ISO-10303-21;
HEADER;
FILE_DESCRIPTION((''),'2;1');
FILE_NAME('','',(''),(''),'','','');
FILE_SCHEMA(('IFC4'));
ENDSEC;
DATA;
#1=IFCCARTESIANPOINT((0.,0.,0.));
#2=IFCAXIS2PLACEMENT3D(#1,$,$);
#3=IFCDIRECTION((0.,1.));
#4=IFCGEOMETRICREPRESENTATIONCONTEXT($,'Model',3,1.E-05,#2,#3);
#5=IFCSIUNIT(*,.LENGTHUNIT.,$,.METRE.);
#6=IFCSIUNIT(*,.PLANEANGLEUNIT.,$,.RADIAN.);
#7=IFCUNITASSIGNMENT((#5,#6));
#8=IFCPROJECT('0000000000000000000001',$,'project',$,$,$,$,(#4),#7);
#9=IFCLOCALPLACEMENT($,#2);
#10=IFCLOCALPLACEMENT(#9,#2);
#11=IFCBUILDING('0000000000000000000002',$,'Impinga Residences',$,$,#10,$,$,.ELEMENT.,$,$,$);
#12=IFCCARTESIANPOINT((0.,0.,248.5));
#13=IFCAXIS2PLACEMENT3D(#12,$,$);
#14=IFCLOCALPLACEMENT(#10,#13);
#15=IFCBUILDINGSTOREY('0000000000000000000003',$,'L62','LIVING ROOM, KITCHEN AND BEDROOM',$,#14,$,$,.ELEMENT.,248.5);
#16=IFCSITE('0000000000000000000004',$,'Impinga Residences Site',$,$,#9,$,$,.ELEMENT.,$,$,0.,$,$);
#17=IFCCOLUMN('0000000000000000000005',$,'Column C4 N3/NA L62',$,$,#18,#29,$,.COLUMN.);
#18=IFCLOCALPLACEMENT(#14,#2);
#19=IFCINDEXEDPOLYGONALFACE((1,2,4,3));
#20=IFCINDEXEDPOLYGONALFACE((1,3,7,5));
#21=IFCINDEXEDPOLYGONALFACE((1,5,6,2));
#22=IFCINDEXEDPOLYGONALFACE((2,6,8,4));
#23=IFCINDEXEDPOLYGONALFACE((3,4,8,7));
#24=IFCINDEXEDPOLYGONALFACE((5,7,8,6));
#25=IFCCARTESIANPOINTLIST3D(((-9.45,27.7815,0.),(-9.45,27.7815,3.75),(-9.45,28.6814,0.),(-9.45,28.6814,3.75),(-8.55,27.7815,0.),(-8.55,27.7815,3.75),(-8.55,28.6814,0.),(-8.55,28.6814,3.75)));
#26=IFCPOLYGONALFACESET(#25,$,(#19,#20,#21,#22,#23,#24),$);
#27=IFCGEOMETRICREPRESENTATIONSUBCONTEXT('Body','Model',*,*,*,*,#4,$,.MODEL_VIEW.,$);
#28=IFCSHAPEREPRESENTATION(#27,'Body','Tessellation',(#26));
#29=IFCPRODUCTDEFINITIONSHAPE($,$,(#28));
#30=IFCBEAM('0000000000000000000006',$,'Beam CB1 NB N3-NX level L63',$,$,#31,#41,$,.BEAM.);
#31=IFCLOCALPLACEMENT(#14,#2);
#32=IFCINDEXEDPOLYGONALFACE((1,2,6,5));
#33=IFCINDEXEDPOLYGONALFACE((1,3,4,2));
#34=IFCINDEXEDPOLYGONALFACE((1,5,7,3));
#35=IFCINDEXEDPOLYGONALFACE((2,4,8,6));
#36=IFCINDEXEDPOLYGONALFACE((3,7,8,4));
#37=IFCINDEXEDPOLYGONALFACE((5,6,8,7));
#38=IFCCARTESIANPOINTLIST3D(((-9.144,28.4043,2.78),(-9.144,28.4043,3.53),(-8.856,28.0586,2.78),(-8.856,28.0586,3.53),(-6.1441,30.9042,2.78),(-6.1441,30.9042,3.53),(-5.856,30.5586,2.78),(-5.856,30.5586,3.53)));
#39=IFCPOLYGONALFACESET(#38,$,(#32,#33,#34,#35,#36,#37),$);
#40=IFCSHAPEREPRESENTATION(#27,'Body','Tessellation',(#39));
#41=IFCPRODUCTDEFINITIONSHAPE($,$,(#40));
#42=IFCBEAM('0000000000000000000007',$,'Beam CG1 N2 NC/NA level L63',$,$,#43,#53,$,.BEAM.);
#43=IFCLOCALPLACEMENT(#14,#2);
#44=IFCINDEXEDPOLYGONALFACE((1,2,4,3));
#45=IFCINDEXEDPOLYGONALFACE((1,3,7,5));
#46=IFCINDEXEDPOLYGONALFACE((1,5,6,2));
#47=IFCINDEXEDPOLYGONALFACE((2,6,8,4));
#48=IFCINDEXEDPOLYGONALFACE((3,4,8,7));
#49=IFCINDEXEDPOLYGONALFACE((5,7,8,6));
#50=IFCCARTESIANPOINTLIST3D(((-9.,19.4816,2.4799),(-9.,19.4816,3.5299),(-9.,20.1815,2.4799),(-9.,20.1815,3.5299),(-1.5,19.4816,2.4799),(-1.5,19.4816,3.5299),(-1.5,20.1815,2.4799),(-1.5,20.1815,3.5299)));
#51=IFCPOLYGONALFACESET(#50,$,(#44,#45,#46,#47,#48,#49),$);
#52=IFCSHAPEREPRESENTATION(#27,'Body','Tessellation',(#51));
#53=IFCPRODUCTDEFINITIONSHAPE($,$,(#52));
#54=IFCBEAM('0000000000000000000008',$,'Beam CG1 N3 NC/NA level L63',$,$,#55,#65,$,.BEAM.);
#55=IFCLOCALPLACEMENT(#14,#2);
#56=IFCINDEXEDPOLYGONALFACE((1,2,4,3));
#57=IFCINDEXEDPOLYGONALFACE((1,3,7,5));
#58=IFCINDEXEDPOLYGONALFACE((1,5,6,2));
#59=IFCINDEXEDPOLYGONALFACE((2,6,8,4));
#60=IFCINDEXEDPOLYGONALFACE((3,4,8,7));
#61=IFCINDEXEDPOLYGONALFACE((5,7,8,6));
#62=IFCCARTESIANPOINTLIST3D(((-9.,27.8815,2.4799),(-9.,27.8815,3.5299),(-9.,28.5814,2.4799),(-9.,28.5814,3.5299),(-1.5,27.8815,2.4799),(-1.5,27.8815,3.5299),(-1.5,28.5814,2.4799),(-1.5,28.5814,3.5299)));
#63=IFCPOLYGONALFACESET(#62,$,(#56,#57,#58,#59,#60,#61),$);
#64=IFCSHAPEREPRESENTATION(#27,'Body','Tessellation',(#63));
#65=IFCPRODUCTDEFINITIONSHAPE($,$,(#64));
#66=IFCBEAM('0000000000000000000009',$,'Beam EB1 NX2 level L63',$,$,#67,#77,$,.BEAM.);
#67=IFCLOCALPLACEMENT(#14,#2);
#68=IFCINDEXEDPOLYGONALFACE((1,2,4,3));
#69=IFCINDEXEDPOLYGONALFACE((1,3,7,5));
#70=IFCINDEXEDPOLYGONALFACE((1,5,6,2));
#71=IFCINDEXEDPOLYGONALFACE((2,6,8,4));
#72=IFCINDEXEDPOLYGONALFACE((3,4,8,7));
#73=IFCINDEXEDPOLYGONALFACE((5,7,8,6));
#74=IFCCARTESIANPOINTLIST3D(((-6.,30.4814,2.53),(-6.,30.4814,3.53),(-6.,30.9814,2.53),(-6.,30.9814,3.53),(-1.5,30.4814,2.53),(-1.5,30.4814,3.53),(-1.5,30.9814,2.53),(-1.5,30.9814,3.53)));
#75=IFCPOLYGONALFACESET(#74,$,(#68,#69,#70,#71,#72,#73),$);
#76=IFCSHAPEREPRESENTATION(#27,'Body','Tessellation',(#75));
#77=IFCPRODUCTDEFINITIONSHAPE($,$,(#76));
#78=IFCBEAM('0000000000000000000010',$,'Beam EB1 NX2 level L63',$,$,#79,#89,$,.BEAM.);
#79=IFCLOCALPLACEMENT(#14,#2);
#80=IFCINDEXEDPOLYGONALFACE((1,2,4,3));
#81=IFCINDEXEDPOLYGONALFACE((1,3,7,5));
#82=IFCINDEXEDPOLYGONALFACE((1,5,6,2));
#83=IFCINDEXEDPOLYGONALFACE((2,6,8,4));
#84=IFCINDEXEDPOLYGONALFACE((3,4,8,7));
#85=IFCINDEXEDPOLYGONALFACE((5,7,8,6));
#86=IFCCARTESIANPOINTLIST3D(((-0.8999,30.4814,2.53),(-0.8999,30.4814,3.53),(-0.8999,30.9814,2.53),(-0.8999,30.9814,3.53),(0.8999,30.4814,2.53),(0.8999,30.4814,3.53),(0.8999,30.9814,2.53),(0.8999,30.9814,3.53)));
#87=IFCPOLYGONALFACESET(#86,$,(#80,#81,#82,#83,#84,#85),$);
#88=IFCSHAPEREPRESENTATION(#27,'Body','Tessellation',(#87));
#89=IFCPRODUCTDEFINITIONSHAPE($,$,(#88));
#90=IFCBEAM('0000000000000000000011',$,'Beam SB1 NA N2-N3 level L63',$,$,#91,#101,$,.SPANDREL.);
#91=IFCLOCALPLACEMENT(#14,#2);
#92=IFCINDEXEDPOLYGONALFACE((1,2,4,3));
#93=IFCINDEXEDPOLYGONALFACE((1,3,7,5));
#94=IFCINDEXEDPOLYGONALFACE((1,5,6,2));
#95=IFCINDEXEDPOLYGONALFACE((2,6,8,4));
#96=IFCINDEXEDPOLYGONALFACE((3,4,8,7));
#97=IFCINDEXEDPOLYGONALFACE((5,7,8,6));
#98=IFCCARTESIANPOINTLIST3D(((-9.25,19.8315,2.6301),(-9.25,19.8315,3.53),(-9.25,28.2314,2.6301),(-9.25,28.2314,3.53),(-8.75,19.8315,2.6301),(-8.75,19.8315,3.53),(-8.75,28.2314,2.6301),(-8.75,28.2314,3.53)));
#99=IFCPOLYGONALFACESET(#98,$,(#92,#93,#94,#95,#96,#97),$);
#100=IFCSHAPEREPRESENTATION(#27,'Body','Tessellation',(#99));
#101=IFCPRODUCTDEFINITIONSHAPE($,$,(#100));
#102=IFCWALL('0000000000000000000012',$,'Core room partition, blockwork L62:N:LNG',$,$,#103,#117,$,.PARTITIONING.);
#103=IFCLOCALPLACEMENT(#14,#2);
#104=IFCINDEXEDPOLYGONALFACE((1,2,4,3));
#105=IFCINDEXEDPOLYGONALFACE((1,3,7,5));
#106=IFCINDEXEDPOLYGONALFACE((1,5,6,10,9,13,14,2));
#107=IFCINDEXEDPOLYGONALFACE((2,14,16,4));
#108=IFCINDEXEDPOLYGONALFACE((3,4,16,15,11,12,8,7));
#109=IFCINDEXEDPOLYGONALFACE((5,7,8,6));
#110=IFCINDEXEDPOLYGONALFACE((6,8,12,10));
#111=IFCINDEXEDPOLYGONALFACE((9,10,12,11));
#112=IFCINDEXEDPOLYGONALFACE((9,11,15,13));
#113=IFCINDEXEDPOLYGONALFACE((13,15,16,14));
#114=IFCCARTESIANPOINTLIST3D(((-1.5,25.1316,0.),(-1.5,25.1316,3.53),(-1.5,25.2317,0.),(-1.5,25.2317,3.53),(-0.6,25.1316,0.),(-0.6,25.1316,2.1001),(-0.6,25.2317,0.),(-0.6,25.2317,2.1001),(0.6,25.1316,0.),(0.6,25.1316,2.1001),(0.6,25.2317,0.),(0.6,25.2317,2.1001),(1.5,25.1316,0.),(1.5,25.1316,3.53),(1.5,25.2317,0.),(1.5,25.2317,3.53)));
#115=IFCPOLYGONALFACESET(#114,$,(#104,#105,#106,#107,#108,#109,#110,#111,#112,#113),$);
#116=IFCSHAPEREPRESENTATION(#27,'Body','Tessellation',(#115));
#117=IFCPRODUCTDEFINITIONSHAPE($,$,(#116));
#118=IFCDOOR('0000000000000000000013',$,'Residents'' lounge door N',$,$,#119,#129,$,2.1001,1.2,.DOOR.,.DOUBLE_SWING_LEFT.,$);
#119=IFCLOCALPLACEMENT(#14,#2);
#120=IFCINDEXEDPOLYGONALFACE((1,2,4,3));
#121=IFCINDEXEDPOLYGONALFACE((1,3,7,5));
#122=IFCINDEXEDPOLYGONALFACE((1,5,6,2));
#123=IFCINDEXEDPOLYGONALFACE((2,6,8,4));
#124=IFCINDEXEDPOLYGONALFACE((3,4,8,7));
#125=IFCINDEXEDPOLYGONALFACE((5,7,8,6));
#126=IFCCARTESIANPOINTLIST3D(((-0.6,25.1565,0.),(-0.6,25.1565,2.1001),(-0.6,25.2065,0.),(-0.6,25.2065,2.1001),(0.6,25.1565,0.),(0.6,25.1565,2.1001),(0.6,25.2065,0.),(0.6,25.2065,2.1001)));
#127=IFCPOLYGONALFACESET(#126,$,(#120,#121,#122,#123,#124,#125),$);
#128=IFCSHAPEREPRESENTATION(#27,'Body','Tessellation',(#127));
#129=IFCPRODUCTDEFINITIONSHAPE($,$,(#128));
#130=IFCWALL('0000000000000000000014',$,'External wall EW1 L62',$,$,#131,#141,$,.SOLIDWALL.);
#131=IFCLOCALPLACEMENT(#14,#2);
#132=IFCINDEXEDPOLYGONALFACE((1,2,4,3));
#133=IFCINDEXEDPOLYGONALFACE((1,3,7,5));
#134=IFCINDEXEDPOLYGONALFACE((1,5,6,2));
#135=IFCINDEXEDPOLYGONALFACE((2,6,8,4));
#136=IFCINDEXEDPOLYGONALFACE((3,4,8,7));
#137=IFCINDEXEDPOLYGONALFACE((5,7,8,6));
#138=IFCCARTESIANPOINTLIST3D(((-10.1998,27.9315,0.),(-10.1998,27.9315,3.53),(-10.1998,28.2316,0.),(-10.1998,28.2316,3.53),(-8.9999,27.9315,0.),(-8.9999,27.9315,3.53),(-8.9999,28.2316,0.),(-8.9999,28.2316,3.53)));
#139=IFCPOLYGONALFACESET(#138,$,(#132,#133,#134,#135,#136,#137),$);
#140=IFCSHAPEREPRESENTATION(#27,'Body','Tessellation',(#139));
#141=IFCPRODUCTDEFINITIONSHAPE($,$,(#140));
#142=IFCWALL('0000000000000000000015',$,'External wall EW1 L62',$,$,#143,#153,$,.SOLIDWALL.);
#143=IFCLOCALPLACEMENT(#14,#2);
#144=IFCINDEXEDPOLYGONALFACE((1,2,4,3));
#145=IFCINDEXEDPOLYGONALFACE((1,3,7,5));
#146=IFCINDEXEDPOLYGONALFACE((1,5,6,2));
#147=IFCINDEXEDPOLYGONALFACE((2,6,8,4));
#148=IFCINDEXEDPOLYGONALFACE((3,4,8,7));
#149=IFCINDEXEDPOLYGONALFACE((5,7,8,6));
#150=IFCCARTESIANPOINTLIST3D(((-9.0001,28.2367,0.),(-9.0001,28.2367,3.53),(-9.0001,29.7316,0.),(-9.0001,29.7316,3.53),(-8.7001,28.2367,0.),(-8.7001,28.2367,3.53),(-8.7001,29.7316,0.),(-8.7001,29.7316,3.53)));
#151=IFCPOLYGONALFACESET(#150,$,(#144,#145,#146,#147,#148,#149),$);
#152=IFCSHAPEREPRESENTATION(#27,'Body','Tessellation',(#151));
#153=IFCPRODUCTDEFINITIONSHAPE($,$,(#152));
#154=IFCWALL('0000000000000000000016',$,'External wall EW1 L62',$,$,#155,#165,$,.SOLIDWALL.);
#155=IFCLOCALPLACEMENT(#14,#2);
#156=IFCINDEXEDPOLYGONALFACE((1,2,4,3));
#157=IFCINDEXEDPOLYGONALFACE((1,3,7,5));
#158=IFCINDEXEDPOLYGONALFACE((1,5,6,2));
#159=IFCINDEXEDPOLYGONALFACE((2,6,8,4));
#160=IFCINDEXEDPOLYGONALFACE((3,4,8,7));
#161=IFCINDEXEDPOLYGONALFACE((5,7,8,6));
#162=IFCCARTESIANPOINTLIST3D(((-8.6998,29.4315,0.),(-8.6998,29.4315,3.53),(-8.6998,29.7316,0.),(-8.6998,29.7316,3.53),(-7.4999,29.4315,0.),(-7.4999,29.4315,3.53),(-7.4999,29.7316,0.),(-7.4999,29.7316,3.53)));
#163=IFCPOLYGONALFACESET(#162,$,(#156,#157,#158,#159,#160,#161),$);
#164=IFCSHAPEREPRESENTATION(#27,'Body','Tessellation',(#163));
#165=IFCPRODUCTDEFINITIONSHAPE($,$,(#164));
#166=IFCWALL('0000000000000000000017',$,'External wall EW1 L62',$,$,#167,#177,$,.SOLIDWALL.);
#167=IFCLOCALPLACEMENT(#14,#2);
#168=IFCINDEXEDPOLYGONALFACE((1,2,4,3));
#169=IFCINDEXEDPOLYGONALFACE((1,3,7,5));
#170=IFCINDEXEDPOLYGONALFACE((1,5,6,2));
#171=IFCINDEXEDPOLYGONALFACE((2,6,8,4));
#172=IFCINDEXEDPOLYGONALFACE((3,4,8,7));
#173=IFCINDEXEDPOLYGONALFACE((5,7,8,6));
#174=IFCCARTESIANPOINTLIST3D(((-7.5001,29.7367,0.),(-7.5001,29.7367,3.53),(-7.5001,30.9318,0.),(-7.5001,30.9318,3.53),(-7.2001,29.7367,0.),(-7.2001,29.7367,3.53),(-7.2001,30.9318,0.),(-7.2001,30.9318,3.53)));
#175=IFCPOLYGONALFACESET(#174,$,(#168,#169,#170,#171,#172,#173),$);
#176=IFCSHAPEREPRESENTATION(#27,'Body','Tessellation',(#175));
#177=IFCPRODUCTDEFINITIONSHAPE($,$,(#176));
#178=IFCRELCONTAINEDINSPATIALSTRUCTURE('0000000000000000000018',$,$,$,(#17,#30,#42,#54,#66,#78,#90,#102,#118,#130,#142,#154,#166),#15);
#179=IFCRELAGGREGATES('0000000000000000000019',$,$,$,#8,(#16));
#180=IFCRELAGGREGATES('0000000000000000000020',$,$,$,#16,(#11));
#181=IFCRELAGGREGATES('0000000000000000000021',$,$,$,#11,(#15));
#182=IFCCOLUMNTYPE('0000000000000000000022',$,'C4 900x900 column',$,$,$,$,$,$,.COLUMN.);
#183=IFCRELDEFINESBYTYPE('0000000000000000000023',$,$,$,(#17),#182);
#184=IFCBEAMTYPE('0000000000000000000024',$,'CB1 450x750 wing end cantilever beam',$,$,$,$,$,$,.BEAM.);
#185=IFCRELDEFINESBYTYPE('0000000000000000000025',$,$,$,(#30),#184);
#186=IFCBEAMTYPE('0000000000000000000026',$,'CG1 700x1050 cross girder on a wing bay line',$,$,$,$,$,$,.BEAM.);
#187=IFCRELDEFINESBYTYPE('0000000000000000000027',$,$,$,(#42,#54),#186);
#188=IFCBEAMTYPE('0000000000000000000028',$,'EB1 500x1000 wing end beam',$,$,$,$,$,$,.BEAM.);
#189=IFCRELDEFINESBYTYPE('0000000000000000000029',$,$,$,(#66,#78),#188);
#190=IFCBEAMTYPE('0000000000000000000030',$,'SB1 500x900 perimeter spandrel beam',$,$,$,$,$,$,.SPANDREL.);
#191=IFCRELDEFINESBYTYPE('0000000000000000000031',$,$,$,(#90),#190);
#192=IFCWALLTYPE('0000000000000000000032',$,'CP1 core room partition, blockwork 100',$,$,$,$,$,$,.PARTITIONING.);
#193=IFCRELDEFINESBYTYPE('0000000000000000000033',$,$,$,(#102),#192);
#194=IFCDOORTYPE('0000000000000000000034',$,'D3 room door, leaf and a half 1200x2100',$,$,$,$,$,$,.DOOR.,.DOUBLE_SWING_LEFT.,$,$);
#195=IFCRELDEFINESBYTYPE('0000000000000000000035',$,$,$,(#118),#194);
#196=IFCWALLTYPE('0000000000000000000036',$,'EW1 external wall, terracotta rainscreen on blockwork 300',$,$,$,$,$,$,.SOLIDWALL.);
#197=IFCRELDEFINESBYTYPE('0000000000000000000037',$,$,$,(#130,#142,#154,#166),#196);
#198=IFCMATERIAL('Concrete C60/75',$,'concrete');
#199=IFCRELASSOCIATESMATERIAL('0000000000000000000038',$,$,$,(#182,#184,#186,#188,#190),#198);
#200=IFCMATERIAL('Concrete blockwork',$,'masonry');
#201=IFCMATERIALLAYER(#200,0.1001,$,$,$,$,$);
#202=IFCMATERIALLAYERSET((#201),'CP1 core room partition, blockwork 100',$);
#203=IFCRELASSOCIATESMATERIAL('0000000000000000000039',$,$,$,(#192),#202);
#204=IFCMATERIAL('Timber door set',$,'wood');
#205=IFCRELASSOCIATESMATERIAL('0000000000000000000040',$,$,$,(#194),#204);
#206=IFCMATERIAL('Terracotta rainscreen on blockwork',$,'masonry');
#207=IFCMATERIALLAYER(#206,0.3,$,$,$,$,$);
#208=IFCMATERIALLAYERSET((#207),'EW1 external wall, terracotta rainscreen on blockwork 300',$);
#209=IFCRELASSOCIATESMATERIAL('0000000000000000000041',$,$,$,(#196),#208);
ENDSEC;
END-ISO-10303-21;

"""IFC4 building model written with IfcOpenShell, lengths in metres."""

from ifc_helpers import new_model, si_unit, direction, frame, frame_2d, origin, origin_2d, place, context, subcontext, project, spatial, rectangle, extrude, material, layer, layer_set, material_profile, profile_set, type_object, element, fill, save


model = new_model("IFC4")

# Units and contexts
model_context = context("Model", 3, precision=1e-05, world=origin(), true_north=direction((0.0, 1.0)))
body_context = subcontext(model_context, "Body", "Model", "MODEL_VIEW")
ifc_project = project(units=[si_unit("LENGTHUNIT", "METRE"), si_unit("PLANEANGLEUNIT", "RADIAN")], contexts=[model_context])

# Site, building, storey
site_placement = place(None, origin())
site = spatial("IfcSite", under=ifc_project, at=site_placement, Name="Impinga Residences Site", CompositionType="ELEMENT", RefElevation=0.0)
building_placement = place(site_placement, origin())
building = spatial("IfcBuilding", under=site, at=building_placement, Name="Impinga Residences", CompositionType="ELEMENT")
storey_placement = place(building_placement, frame((0.0, 0.0, 248.5)))
storey = spatial("IfcBuildingStorey", under=building, at=storey_placement, Name="L62", Description="LIVING ROOM, KITCHEN AND BEDROOM", CompositionType="ELEMENT", Elevation=248.5)

# Column
ifc_material_1 = material(Name="Concrete C60/75", Category="concrete")
ifc_material_profile_1 = material_profile(ifc_material_1, rectangle(XDim=0.8999, YDim=0.8999, at=origin_2d()), Name="RC 900x900")
ifc_profile_set_1 = profile_set([ifc_material_profile_1], Name="Concrete C60/75")
column_type = type_object("IfcColumnType", Name="C4 900x900 column", PredefinedType="COLUMN", material=ifc_profile_set_1)
column_placement = place(storey_placement, frame((-9.0, 28.2314, 0.0), z_axis=(0.0, 0.0, 1.0), x_axis=(1.0, 0.0, 0.0)))
element("IfcColumn", 1, at=column_placement, inside=storey, type_object=column_type, Name="Column C4 N3/NA L62", PredefinedType="COLUMN", context=body_context, shape_type="SweptSolid", body=[
    extrude(rectangle(XDim=0.8999, YDim=0.8999, at=origin_2d()), origin(), (0.0, 0.0, 1.0), 3.75),
])

# Beams
ifc_material_profile_2 = material_profile(ifc_material_1, rectangle(XDim=0.45, YDim=0.75, at=origin_2d()), Name="RC 450x750")
ifc_profile_set_2 = profile_set([ifc_material_profile_2], Name="Concrete C60/75")
beam_type_1 = type_object("IfcBeamType", Name="CB1 450x750 wing end cantilever beam", PredefinedType="BEAM", material=ifc_profile_set_2)
beam_1_placement = place(storey_placement, frame((-9.0, 28.2314, 3.155), z_axis=(0.768221, 0.640184, 0.0), x_axis=(-0.640184, 0.768221, 0.0)))
element("IfcBeam", 2, at=beam_1_placement, inside=storey, type_object=beam_type_1, Name="Beam CB1 NB N3-NX level L63", PredefinedType="BEAM", context=body_context, shape_type="SweptSolid", body=[
    extrude(rectangle(XDim=0.45, YDim=0.75, at=origin_2d()), origin(), (0.0, 0.0, 1.0), 3.905),
])
ifc_material_profile_3 = material_profile(ifc_material_1, rectangle(XDim=0.7, YDim=1.05, at=origin_2d()), Name="RC 700x1050")
ifc_profile_set_3 = profile_set([ifc_material_profile_3], Name="Concrete C60/75")
beam_type_2 = type_object("IfcBeamType", Name="CG1 700x1050 cross girder on a wing bay line", PredefinedType="BEAM", material=ifc_profile_set_3)
for number, where, z_axis, x_axis, name in (
    (3, (-1.5, 19.8315, 3.0049), (-1.0, 0.0, 0.0), (0.0, -1.0, 0.0), "Beam CG1 N2 NC/NA level L63"),
    (4, (-1.5, 28.2314, 3.0049), (-1.0, 0.0, 0.0), (0.0, -1.0, 0.0), "Beam CG1 N3 NC/NA level L63"),
):
    element("IfcBeam", number, at=place(storey_placement, frame(where, z_axis=z_axis, x_axis=x_axis)), inside=storey, type_object=beam_type_2, Name=name, PredefinedType="BEAM", context=body_context, shape_type="SweptSolid", body=[
        extrude(rectangle(XDim=0.7, YDim=1.05, at=origin_2d()), origin(), (0.0, 0.0, 1.0), 7.5),
    ])
ifc_material_profile_4 = material_profile(ifc_material_1, rectangle(XDim=0.5, YDim=1.0, at=origin_2d()), Name="RC 500x1000")
ifc_profile_set_4 = profile_set([ifc_material_profile_4], Name="Concrete C60/75")
beam_type_3 = type_object("IfcBeamType", Name="EB1 500x1000 wing end beam", PredefinedType="BEAM", material=ifc_profile_set_4)
beam_2_placement = place(storey_placement, frame((-6.0, 30.7314, 3.03), z_axis=(1.0, 0.0, 0.0), x_axis=(0.0, 1.0, 0.0)))
element("IfcBeam", 5, at=beam_2_placement, inside=storey, type_object=beam_type_3, Name="Beam EB1 NX2 level L63", PredefinedType="BEAM", context=body_context, shape_type="SweptSolid", body=[
    extrude(rectangle(XDim=0.5, YDim=1.0, at=origin_2d()), origin(), (0.0, 0.0, 1.0), 4.5),
])
beam_3_placement = place(storey_placement, frame((-0.8999, 30.7314, 3.03), z_axis=(1.0, 0.0, 0.0), x_axis=(0.0, 1.0, 0.0)))
element("IfcBeam", 6, at=beam_3_placement, inside=storey, type_object=beam_type_3, Name="Beam EB1 NX2 level L63", PredefinedType="BEAM", context=body_context, shape_type="SweptSolid", body=[
    extrude(rectangle(XDim=0.5, YDim=1.0, at=origin_2d()), origin(), (0.0, 0.0, 1.0), 1.7998),
])
ifc_material_profile_5 = material_profile(ifc_material_1, rectangle(XDim=0.5, YDim=0.8999, at=origin_2d()), Name="RC 500x900")
ifc_profile_set_5 = profile_set([ifc_material_profile_5], Name="Concrete C60/75")
beam_type_4 = type_object("IfcBeamType", Name="SB1 500x900 perimeter spandrel beam", PredefinedType="SPANDREL", material=ifc_profile_set_5)
beam_4_placement = place(storey_placement, frame((-9.0, 19.8315, 3.0801), z_axis=(0.0, 1.0, 0.0), x_axis=(-1.0, 0.0, 0.0)))
element("IfcBeam", 7, at=beam_4_placement, inside=storey, type_object=beam_type_4, Name="Beam SB1 NA N2-N3 level L63", PredefinedType="SPANDREL", context=body_context, shape_type="SweptSolid", body=[
    extrude(rectangle(XDim=0.5, YDim=0.8999, at=origin_2d()), origin(), (0.0, 0.0, 1.0), 8.3999),
])

# Wall, opening, door
ifc_material_2 = material(Name="Concrete blockwork", Category="masonry")
ifc_layer_1 = layer(ifc_material_2, 0.1001)
ifc_layer_set_1 = layer_set([ifc_layer_1], Name="CP1 core room partition, blockwork 100")
wall_type_1 = type_object("IfcWallType", Name="CP1 core room partition, blockwork 100", PredefinedType="PARTITIONING", material=ifc_layer_set_1)
wall_1_placement = place(storey_placement, frame((-1.5, 25.1816, 0.0), z_axis=(0.0, 0.0, 1.0), x_axis=(1.0, 0.0, 0.0)))
wall_1 = element("IfcWall", 8, at=wall_1_placement, inside=storey, type_object=wall_type_1, Name="Core room partition, blockwork L62:N:LNG", PredefinedType="PARTITIONING", context=body_context, shape_type="SweptSolid", body=[
    extrude(rectangle(XDim=3.0, YDim=0.1001, at=frame_2d((1.5, 0.0))), origin(), (0.0, 0.0, 1.0), 3.53),
])
opening_1_placement = place(wall_1_placement, frame((0.8999, 0.0, 0.0)))
opening_1 = element("IfcOpeningElement", 9, at=opening_1_placement, cuts=wall_1, PredefinedType="OPENING", context=body_context, shape_type="SweptSolid", body=[
    extrude(rectangle(XDim=1.2, YDim=2.1001, at=frame_2d((0.6001, 1.05))), frame((0.0, 0.0601, 0.0), z_axis=(0.0, -1.0, 0.0), x_axis=(1.0, 0.0, 0.0)), (0.0, 0.0, 1.0), 0.1201),
])
ifc_material_3 = material(Name="Timber door set", Category="wood")
door_type_1 = type_object("IfcDoorType", Name="D3 room door, leaf and a half 1200x2100", OperationType="DOUBLE_SWING_LEFT", PredefinedType="DOOR", material=ifc_material_3)
door_1_placement = place(opening_1_placement, origin())
door_1 = element("IfcDoor", 10, at=door_1_placement, inside=storey, type_object=door_type_1, Name="Residents' lounge door N", OperationType="DOUBLE_SWING_LEFT", OverallHeight=2.1001, OverallWidth=1.2, PredefinedType="DOOR", context=body_context, shape_type="SweptSolid", body=[
    extrude(rectangle(XDim=1.2, YDim=2.1001, at=frame_2d((0.6001, 1.05))), frame((0.0, 0.0249, 0.0), z_axis=(0.0, -1.0, 0.0), x_axis=(1.0, 0.0, 0.0)), (0.0, 0.0, 1.0), 0.05),
])
fill(opening_1, door_1)

# Walls
ifc_material_4 = material(Name="Terracotta rainscreen on blockwork", Category="masonry")
ifc_layer_2 = layer(ifc_material_4, 0.3)
ifc_layer_set_2 = layer_set([ifc_layer_2], Name="EW1 external wall, terracotta rainscreen on blockwork 300")
wall_type_2 = type_object("IfcWallType", Name="EW1 external wall, terracotta rainscreen on blockwork 300", PredefinedType="SOLIDWALL", material=ifc_layer_set_2)
wall_2_placement = place(storey_placement, frame((-10.2, 28.0815, 0.0), z_axis=(0.0, 0.0, 1.0), x_axis=(1.0, 0.0, 0.0)))
element("IfcWall", 11, at=wall_2_placement, inside=storey, type_object=wall_type_2, Name="External wall EW1 L62", PredefinedType="SOLIDWALL", context=body_context, shape_type="SweptSolid", body=[
    extrude(rectangle(XDim=1.2, YDim=0.3, at=frame_2d((0.6001, 0.0))), origin(), (0.0, 0.0, 1.0), 3.53),
])
wall_3_placement = place(storey_placement, frame((-8.8501, 28.2366, 0.0), z_axis=(0.0, 0.0, 1.0), x_axis=(0.0, 1.0, 0.0)))
element("IfcWall", 12, at=wall_3_placement, inside=storey, type_object=wall_type_2, Name="External wall EW1 L62", PredefinedType="SOLIDWALL", context=body_context, shape_type="SweptSolid", body=[
    extrude(rectangle(XDim=1.4949, YDim=0.3, at=frame_2d((0.7476, 0.0))), origin(), (0.0, 0.0, 1.0), 3.53),
])
wall_4_placement = place(storey_placement, frame((-8.7, 29.5815, 0.0), z_axis=(0.0, 0.0, 1.0), x_axis=(1.0, 0.0, 0.0)))
element("IfcWall", 13, at=wall_4_placement, inside=storey, type_object=wall_type_2, Name="External wall EW1 L62", PredefinedType="SOLIDWALL", context=body_context, shape_type="SweptSolid", body=[
    extrude(rectangle(XDim=1.2, YDim=0.3, at=frame_2d((0.6001, 0.0))), origin(), (0.0, 0.0, 1.0), 3.53),
])
wall_5_placement = place(storey_placement, frame((-7.3501, 29.7366, 0.0), z_axis=(0.0, 0.0, 1.0), x_axis=(0.0, 1.0, 0.0)))
element("IfcWall", 14, at=wall_5_placement, inside=storey, type_object=wall_type_2, Name="External wall EW1 L62", PredefinedType="SOLIDWALL", context=body_context, shape_type="SweptSolid", body=[
    extrude(rectangle(XDim=1.1951, YDim=0.3, at=frame_2d((0.5977, 0.0))), origin(), (0.0, 0.0, 1.0), 3.53),
])

save(model, "model.ifc")
